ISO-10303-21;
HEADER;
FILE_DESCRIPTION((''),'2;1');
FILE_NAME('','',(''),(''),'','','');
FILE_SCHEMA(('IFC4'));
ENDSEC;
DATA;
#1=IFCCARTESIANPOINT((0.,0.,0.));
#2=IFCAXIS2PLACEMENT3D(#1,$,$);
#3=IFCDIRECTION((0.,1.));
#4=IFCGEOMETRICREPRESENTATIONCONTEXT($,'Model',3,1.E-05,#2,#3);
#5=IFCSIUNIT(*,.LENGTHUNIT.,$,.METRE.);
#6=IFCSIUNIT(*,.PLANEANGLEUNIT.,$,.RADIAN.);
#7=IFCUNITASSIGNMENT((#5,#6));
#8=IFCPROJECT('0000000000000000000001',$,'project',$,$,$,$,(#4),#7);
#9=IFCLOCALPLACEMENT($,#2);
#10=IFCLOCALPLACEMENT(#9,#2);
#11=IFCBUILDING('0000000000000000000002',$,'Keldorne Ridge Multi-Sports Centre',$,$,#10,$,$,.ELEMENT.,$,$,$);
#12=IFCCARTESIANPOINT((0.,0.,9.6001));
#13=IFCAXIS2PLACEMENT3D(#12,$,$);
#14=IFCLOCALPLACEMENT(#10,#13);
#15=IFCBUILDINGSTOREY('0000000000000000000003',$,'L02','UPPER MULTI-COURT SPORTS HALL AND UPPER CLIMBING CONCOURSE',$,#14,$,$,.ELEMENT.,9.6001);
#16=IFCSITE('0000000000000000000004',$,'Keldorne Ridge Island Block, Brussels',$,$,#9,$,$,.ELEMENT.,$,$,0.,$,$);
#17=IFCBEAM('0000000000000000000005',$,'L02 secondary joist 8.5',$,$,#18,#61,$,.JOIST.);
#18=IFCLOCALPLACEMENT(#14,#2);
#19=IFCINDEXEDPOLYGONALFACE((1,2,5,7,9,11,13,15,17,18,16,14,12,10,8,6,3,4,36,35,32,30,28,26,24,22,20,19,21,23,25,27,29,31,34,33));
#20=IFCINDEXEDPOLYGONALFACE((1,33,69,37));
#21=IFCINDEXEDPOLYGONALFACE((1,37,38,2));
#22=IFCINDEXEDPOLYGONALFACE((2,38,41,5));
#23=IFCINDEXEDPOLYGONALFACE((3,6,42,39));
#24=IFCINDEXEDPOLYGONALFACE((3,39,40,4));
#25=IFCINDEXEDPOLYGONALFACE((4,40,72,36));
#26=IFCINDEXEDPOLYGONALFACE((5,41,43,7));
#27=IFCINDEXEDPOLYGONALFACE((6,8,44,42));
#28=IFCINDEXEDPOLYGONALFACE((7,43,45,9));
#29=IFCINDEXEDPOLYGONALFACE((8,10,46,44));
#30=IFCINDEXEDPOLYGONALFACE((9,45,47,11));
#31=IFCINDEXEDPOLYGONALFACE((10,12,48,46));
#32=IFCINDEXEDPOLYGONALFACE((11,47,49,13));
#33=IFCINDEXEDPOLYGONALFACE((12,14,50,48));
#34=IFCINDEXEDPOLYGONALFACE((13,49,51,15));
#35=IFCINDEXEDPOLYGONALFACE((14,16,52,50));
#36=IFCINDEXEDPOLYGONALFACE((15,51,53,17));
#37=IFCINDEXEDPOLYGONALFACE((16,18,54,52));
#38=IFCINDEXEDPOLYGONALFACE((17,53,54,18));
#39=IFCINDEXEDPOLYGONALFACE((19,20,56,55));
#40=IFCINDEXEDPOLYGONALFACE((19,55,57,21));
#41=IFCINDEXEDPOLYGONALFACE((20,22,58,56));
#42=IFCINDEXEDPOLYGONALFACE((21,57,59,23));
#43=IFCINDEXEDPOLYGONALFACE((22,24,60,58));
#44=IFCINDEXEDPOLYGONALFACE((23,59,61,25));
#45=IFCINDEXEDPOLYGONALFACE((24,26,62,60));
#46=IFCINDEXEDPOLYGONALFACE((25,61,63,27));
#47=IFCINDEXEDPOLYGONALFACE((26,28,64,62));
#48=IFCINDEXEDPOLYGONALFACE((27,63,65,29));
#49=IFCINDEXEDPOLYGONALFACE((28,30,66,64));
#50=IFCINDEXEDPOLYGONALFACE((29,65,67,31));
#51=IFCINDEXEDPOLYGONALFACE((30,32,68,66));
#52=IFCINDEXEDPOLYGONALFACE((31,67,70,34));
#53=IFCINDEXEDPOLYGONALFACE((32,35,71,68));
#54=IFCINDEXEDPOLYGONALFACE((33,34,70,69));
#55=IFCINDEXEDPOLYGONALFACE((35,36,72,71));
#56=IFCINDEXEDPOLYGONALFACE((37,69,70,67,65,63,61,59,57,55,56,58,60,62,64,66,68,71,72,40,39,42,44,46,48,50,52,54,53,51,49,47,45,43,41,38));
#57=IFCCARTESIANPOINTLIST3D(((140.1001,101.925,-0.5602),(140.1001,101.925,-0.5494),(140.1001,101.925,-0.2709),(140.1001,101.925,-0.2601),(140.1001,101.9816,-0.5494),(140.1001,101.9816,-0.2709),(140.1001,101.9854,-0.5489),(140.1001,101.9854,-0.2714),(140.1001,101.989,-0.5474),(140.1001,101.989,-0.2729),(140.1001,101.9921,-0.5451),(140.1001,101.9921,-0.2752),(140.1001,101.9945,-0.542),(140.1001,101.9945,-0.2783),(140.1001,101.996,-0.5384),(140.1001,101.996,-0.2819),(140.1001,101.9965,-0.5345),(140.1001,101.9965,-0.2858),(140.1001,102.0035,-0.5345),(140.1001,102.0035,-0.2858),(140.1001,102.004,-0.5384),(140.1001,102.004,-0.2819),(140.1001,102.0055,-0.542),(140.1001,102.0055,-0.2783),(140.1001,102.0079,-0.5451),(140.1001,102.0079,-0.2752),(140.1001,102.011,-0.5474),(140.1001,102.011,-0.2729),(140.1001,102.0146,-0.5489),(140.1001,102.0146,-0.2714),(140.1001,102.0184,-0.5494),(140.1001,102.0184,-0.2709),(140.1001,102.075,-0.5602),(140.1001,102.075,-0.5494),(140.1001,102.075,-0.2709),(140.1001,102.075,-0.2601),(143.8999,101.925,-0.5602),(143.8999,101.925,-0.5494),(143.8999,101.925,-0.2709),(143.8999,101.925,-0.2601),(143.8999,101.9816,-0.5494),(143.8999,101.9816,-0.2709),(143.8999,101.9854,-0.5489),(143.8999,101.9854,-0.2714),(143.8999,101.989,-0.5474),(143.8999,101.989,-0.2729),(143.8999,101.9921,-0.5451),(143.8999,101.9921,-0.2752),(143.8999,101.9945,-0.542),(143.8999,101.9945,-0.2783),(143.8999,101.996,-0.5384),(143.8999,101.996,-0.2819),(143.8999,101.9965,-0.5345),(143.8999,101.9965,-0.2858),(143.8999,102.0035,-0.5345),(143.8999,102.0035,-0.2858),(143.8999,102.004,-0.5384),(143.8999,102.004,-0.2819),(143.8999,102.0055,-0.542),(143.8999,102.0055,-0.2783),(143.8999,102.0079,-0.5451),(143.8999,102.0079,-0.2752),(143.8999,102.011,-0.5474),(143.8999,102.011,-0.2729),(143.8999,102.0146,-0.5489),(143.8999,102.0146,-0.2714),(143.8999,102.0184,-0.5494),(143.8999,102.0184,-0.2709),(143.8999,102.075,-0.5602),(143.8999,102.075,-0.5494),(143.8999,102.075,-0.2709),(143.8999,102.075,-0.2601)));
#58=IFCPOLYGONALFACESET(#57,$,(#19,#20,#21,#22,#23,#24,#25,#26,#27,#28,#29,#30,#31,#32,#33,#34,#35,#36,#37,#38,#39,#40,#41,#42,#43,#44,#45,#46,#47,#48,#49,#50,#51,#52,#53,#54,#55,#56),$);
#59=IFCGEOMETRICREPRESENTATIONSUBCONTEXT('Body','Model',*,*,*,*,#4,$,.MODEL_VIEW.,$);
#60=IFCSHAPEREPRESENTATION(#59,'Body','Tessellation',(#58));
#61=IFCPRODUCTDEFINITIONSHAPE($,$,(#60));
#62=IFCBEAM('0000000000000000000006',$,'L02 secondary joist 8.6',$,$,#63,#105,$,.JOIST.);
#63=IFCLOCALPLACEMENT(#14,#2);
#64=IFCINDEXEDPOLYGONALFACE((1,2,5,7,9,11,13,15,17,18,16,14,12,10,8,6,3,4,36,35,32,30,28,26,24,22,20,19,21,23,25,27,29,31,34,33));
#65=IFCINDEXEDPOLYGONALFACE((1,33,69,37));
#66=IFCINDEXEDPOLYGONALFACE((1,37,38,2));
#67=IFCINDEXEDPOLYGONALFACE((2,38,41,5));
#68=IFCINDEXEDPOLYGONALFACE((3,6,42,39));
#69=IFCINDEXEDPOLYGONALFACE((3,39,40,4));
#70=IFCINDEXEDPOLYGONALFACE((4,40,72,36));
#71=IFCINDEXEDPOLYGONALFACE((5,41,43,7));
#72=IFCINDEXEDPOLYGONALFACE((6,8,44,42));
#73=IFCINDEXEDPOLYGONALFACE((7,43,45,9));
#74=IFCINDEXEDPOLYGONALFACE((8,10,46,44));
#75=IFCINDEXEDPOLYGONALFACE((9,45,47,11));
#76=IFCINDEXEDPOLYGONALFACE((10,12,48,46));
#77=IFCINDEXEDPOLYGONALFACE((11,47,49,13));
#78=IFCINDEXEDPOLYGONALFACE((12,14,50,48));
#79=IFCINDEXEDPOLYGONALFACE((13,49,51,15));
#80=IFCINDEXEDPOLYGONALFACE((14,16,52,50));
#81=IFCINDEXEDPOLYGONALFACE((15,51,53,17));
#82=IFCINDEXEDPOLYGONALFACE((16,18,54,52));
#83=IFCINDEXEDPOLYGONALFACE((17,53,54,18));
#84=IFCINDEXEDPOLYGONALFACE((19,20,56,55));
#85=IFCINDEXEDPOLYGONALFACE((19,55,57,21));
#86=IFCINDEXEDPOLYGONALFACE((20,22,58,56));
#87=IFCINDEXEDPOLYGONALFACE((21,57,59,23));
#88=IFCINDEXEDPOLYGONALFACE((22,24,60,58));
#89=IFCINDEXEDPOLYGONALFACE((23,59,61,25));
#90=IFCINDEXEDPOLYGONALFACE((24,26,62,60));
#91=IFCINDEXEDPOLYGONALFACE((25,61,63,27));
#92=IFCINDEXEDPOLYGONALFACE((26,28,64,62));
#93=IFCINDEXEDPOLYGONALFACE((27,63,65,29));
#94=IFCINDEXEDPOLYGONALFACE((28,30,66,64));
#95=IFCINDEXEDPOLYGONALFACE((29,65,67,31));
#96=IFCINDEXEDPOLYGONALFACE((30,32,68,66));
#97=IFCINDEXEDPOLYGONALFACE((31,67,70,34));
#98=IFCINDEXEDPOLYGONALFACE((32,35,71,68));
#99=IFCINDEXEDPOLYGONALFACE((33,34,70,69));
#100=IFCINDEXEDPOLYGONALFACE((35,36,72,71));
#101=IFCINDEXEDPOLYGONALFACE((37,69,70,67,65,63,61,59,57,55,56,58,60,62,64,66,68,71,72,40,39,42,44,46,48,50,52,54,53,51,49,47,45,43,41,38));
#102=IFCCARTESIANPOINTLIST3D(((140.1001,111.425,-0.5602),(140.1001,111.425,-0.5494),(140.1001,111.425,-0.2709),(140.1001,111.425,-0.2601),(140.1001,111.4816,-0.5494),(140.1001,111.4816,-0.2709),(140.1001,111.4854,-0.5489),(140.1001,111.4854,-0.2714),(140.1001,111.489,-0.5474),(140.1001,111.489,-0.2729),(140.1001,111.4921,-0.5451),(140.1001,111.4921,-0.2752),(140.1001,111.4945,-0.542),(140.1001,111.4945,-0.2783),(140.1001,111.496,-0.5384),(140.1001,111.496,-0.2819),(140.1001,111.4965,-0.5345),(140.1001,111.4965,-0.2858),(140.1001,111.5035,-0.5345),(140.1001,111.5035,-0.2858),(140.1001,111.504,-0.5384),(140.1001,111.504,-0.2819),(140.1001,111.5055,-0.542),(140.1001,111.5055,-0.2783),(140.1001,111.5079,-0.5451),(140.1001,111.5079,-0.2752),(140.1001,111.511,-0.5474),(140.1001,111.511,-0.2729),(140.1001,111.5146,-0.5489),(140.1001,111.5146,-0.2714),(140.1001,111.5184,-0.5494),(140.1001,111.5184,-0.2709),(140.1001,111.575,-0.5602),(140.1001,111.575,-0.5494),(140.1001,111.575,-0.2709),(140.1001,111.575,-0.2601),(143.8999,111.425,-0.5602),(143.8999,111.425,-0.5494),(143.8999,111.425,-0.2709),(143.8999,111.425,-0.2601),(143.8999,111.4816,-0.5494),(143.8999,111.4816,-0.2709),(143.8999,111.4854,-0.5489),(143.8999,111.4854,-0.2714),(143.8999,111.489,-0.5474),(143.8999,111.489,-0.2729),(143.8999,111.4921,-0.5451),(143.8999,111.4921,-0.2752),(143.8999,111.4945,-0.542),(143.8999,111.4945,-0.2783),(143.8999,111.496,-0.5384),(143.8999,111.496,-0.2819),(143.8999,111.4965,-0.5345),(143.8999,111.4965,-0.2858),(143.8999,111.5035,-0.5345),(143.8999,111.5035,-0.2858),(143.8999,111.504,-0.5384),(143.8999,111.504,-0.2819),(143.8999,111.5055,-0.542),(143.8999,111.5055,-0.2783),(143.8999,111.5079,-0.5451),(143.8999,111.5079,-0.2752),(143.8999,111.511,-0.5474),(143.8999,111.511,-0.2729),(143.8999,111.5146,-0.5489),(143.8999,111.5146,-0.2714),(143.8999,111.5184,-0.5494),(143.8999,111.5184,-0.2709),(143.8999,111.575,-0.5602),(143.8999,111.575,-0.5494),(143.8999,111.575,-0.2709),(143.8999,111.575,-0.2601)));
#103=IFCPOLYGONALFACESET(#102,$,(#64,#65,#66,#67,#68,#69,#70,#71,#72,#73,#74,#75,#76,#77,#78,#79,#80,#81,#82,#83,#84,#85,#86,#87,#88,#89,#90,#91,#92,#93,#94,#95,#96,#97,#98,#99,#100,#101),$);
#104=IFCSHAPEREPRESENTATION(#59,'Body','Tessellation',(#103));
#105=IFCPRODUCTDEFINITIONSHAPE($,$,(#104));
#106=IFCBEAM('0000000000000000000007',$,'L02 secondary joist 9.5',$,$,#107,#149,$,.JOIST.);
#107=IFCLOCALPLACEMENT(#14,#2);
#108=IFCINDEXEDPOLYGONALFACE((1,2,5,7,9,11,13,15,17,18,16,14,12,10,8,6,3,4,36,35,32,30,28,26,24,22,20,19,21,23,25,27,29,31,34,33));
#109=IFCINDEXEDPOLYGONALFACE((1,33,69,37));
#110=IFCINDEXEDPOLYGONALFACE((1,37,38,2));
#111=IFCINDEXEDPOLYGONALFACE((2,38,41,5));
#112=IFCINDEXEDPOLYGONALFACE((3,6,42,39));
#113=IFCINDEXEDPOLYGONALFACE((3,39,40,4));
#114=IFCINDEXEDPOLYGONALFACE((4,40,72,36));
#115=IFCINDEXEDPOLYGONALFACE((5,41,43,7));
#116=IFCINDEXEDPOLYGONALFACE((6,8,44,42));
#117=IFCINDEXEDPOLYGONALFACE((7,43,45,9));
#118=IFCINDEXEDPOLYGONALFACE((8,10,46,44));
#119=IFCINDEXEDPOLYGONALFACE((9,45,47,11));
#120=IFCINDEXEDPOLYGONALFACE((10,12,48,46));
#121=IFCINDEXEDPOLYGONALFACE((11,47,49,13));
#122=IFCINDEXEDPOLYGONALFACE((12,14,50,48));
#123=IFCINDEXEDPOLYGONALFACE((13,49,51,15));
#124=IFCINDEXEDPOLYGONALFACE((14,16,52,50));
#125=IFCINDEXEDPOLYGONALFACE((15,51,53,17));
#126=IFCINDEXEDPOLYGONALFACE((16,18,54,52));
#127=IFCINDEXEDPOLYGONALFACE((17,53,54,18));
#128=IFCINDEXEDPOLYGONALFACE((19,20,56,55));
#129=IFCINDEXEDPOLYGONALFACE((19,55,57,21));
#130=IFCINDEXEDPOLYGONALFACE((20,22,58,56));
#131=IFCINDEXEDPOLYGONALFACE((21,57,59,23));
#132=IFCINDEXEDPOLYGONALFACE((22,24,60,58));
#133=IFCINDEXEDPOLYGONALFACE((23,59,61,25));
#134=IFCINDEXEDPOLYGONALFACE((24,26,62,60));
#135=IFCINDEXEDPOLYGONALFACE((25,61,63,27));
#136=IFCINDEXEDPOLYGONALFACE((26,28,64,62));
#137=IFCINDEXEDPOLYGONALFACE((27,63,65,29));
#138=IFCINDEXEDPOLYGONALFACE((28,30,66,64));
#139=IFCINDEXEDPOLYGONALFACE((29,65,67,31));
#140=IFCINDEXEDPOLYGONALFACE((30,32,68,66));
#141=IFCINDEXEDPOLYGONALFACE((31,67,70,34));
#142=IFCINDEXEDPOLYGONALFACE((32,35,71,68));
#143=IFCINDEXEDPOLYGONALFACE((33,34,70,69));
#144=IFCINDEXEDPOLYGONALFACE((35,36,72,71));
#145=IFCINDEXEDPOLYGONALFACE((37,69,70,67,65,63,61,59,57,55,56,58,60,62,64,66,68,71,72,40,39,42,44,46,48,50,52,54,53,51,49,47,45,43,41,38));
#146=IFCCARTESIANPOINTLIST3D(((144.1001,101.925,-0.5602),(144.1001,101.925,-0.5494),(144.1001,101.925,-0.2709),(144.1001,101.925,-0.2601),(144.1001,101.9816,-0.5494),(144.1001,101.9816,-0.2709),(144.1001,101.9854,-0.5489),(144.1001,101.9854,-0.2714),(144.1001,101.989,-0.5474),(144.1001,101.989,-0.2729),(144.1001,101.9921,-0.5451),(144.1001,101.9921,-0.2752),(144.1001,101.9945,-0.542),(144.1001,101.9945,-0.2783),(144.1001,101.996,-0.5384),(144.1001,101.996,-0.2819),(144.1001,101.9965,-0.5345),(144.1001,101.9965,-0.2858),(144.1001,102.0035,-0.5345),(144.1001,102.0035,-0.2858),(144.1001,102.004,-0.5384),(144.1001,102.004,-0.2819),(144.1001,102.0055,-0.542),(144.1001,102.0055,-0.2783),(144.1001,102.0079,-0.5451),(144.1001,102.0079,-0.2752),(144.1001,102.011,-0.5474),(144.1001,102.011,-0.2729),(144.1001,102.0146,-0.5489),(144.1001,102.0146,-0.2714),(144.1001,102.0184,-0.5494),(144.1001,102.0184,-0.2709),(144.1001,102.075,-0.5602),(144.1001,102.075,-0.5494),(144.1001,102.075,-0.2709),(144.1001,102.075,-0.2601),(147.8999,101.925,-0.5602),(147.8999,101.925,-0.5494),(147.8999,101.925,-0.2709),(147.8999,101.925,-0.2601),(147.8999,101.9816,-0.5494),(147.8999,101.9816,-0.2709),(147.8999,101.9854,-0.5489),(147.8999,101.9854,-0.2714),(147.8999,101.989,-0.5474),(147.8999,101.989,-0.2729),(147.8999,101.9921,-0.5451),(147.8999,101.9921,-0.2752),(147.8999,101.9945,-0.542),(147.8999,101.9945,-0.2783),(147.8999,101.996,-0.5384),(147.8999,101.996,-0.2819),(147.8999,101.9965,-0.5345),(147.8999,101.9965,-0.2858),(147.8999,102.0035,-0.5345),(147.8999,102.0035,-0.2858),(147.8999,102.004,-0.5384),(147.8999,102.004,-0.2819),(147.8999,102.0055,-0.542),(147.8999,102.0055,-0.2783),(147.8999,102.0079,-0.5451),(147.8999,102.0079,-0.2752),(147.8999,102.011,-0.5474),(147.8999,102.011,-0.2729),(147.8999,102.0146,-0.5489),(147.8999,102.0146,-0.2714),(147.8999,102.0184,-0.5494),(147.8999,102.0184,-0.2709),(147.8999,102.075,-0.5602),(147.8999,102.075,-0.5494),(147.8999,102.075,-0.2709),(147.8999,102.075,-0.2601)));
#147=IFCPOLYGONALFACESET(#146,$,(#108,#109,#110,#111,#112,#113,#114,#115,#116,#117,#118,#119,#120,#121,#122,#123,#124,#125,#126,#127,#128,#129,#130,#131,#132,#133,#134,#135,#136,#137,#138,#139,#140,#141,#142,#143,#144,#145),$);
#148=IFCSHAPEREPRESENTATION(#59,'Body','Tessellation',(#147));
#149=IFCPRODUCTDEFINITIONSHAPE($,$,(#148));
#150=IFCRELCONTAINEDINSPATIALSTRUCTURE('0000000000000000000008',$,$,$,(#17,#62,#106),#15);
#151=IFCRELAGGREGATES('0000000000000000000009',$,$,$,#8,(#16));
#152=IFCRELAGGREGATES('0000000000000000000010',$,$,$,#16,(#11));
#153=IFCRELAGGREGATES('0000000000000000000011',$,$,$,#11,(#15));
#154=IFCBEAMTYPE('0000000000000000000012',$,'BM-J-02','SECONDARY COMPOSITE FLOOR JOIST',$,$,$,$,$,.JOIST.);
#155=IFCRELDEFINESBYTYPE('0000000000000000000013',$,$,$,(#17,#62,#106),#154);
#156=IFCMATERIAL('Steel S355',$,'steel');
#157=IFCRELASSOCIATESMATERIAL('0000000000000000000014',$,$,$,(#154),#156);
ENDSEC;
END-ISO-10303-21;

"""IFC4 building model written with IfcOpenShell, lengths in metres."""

from ifc_helpers import new_model, si_unit, direction, frame, origin, origin_2d, place, context, subcontext, project, spatial, i_section, extrude, material, material_profile, profile_set, type_object, element, save


model = new_model("IFC4")

# Units and contexts
model_context = context("Model", 3, precision=1e-05, world=origin(), true_north=direction((0.0, 1.0)))
body_context = subcontext(model_context, "Body", "Model", "MODEL_VIEW")
ifc_project = project(units=[si_unit("LENGTHUNIT", "METRE"), si_unit("PLANEANGLEUNIT", "RADIAN")], contexts=[model_context])

# Site, building, storey
site_placement = place(None, origin())
site = spatial("IfcSite", under=ifc_project, at=site_placement, Name="Keldorne Ridge Island Block, Brussels", CompositionType="ELEMENT", RefElevation=0.0)
building_placement = place(site_placement, origin())
building = spatial("IfcBuilding", under=site, at=building_placement, Name="Keldorne Ridge Multi-Sports Centre", CompositionType="ELEMENT")
storey_placement = place(building_placement, frame((0.0, 0.0, 9.6001)))
storey = spatial("IfcBuildingStorey", under=building, at=storey_placement, Name="L02", Description="UPPER MULTI-COURT SPORTS HALL AND UPPER CLIMBING CONCOURSE", CompositionType="ELEMENT", Elevation=9.6001)

# Shared definitions
ifc_material_1 = material(Name="Steel S355", Category="steel")

# Beams
ifc_material_profile_1 = material_profile(ifc_material_1, i_section(OverallWidth=0.1499, OverallDepth=0.3, WebThickness=0.0071, FlangeThickness=0.0107, FilletRadius=0.0149, at=origin_2d()), Name="IPE 300")
ifc_profile_set_1 = profile_set([ifc_material_profile_1], Name="Steel S355")
beam_type_1 = type_object("IfcBeamType", Name="BM-J-02", Description="SECONDARY COMPOSITE FLOOR JOIST", PredefinedType="JOIST", material=ifc_profile_set_1)
for number, where, z_axis, x_axis, name in (
    (1, (140.1001, 102.0, -0.4102), (1.0, 0.0, 0.0), (0.0, 1.0, 0.0), "L02 secondary joist 8.5"),
    (2, (140.1001, 111.5, -0.4102), (1.0, 0.0, 0.0), (0.0, 1.0, 0.0), "L02 secondary joist 8.6"),
    (3, (144.1001, 102.0, -0.4102), (1.0, 0.0, 0.0), (0.0, 1.0, 0.0), "L02 secondary joist 9.5"),
):
    element("IfcBeam", number, at=place(storey_placement, frame(where, z_axis=z_axis, x_axis=x_axis)), inside=storey, type_object=beam_type_1, Name=name, PredefinedType="JOIST", context=body_context, shape_type="SweptSolid", body=[
        extrude(i_section(OverallWidth=0.1499, OverallDepth=0.3, WebThickness=0.0071, FlangeThickness=0.0107, FilletRadius=0.0149, at=origin_2d()), origin(), (0.0, 0.0, 1.0), 3.7998),
    ])

save(model, "model.ifc")
